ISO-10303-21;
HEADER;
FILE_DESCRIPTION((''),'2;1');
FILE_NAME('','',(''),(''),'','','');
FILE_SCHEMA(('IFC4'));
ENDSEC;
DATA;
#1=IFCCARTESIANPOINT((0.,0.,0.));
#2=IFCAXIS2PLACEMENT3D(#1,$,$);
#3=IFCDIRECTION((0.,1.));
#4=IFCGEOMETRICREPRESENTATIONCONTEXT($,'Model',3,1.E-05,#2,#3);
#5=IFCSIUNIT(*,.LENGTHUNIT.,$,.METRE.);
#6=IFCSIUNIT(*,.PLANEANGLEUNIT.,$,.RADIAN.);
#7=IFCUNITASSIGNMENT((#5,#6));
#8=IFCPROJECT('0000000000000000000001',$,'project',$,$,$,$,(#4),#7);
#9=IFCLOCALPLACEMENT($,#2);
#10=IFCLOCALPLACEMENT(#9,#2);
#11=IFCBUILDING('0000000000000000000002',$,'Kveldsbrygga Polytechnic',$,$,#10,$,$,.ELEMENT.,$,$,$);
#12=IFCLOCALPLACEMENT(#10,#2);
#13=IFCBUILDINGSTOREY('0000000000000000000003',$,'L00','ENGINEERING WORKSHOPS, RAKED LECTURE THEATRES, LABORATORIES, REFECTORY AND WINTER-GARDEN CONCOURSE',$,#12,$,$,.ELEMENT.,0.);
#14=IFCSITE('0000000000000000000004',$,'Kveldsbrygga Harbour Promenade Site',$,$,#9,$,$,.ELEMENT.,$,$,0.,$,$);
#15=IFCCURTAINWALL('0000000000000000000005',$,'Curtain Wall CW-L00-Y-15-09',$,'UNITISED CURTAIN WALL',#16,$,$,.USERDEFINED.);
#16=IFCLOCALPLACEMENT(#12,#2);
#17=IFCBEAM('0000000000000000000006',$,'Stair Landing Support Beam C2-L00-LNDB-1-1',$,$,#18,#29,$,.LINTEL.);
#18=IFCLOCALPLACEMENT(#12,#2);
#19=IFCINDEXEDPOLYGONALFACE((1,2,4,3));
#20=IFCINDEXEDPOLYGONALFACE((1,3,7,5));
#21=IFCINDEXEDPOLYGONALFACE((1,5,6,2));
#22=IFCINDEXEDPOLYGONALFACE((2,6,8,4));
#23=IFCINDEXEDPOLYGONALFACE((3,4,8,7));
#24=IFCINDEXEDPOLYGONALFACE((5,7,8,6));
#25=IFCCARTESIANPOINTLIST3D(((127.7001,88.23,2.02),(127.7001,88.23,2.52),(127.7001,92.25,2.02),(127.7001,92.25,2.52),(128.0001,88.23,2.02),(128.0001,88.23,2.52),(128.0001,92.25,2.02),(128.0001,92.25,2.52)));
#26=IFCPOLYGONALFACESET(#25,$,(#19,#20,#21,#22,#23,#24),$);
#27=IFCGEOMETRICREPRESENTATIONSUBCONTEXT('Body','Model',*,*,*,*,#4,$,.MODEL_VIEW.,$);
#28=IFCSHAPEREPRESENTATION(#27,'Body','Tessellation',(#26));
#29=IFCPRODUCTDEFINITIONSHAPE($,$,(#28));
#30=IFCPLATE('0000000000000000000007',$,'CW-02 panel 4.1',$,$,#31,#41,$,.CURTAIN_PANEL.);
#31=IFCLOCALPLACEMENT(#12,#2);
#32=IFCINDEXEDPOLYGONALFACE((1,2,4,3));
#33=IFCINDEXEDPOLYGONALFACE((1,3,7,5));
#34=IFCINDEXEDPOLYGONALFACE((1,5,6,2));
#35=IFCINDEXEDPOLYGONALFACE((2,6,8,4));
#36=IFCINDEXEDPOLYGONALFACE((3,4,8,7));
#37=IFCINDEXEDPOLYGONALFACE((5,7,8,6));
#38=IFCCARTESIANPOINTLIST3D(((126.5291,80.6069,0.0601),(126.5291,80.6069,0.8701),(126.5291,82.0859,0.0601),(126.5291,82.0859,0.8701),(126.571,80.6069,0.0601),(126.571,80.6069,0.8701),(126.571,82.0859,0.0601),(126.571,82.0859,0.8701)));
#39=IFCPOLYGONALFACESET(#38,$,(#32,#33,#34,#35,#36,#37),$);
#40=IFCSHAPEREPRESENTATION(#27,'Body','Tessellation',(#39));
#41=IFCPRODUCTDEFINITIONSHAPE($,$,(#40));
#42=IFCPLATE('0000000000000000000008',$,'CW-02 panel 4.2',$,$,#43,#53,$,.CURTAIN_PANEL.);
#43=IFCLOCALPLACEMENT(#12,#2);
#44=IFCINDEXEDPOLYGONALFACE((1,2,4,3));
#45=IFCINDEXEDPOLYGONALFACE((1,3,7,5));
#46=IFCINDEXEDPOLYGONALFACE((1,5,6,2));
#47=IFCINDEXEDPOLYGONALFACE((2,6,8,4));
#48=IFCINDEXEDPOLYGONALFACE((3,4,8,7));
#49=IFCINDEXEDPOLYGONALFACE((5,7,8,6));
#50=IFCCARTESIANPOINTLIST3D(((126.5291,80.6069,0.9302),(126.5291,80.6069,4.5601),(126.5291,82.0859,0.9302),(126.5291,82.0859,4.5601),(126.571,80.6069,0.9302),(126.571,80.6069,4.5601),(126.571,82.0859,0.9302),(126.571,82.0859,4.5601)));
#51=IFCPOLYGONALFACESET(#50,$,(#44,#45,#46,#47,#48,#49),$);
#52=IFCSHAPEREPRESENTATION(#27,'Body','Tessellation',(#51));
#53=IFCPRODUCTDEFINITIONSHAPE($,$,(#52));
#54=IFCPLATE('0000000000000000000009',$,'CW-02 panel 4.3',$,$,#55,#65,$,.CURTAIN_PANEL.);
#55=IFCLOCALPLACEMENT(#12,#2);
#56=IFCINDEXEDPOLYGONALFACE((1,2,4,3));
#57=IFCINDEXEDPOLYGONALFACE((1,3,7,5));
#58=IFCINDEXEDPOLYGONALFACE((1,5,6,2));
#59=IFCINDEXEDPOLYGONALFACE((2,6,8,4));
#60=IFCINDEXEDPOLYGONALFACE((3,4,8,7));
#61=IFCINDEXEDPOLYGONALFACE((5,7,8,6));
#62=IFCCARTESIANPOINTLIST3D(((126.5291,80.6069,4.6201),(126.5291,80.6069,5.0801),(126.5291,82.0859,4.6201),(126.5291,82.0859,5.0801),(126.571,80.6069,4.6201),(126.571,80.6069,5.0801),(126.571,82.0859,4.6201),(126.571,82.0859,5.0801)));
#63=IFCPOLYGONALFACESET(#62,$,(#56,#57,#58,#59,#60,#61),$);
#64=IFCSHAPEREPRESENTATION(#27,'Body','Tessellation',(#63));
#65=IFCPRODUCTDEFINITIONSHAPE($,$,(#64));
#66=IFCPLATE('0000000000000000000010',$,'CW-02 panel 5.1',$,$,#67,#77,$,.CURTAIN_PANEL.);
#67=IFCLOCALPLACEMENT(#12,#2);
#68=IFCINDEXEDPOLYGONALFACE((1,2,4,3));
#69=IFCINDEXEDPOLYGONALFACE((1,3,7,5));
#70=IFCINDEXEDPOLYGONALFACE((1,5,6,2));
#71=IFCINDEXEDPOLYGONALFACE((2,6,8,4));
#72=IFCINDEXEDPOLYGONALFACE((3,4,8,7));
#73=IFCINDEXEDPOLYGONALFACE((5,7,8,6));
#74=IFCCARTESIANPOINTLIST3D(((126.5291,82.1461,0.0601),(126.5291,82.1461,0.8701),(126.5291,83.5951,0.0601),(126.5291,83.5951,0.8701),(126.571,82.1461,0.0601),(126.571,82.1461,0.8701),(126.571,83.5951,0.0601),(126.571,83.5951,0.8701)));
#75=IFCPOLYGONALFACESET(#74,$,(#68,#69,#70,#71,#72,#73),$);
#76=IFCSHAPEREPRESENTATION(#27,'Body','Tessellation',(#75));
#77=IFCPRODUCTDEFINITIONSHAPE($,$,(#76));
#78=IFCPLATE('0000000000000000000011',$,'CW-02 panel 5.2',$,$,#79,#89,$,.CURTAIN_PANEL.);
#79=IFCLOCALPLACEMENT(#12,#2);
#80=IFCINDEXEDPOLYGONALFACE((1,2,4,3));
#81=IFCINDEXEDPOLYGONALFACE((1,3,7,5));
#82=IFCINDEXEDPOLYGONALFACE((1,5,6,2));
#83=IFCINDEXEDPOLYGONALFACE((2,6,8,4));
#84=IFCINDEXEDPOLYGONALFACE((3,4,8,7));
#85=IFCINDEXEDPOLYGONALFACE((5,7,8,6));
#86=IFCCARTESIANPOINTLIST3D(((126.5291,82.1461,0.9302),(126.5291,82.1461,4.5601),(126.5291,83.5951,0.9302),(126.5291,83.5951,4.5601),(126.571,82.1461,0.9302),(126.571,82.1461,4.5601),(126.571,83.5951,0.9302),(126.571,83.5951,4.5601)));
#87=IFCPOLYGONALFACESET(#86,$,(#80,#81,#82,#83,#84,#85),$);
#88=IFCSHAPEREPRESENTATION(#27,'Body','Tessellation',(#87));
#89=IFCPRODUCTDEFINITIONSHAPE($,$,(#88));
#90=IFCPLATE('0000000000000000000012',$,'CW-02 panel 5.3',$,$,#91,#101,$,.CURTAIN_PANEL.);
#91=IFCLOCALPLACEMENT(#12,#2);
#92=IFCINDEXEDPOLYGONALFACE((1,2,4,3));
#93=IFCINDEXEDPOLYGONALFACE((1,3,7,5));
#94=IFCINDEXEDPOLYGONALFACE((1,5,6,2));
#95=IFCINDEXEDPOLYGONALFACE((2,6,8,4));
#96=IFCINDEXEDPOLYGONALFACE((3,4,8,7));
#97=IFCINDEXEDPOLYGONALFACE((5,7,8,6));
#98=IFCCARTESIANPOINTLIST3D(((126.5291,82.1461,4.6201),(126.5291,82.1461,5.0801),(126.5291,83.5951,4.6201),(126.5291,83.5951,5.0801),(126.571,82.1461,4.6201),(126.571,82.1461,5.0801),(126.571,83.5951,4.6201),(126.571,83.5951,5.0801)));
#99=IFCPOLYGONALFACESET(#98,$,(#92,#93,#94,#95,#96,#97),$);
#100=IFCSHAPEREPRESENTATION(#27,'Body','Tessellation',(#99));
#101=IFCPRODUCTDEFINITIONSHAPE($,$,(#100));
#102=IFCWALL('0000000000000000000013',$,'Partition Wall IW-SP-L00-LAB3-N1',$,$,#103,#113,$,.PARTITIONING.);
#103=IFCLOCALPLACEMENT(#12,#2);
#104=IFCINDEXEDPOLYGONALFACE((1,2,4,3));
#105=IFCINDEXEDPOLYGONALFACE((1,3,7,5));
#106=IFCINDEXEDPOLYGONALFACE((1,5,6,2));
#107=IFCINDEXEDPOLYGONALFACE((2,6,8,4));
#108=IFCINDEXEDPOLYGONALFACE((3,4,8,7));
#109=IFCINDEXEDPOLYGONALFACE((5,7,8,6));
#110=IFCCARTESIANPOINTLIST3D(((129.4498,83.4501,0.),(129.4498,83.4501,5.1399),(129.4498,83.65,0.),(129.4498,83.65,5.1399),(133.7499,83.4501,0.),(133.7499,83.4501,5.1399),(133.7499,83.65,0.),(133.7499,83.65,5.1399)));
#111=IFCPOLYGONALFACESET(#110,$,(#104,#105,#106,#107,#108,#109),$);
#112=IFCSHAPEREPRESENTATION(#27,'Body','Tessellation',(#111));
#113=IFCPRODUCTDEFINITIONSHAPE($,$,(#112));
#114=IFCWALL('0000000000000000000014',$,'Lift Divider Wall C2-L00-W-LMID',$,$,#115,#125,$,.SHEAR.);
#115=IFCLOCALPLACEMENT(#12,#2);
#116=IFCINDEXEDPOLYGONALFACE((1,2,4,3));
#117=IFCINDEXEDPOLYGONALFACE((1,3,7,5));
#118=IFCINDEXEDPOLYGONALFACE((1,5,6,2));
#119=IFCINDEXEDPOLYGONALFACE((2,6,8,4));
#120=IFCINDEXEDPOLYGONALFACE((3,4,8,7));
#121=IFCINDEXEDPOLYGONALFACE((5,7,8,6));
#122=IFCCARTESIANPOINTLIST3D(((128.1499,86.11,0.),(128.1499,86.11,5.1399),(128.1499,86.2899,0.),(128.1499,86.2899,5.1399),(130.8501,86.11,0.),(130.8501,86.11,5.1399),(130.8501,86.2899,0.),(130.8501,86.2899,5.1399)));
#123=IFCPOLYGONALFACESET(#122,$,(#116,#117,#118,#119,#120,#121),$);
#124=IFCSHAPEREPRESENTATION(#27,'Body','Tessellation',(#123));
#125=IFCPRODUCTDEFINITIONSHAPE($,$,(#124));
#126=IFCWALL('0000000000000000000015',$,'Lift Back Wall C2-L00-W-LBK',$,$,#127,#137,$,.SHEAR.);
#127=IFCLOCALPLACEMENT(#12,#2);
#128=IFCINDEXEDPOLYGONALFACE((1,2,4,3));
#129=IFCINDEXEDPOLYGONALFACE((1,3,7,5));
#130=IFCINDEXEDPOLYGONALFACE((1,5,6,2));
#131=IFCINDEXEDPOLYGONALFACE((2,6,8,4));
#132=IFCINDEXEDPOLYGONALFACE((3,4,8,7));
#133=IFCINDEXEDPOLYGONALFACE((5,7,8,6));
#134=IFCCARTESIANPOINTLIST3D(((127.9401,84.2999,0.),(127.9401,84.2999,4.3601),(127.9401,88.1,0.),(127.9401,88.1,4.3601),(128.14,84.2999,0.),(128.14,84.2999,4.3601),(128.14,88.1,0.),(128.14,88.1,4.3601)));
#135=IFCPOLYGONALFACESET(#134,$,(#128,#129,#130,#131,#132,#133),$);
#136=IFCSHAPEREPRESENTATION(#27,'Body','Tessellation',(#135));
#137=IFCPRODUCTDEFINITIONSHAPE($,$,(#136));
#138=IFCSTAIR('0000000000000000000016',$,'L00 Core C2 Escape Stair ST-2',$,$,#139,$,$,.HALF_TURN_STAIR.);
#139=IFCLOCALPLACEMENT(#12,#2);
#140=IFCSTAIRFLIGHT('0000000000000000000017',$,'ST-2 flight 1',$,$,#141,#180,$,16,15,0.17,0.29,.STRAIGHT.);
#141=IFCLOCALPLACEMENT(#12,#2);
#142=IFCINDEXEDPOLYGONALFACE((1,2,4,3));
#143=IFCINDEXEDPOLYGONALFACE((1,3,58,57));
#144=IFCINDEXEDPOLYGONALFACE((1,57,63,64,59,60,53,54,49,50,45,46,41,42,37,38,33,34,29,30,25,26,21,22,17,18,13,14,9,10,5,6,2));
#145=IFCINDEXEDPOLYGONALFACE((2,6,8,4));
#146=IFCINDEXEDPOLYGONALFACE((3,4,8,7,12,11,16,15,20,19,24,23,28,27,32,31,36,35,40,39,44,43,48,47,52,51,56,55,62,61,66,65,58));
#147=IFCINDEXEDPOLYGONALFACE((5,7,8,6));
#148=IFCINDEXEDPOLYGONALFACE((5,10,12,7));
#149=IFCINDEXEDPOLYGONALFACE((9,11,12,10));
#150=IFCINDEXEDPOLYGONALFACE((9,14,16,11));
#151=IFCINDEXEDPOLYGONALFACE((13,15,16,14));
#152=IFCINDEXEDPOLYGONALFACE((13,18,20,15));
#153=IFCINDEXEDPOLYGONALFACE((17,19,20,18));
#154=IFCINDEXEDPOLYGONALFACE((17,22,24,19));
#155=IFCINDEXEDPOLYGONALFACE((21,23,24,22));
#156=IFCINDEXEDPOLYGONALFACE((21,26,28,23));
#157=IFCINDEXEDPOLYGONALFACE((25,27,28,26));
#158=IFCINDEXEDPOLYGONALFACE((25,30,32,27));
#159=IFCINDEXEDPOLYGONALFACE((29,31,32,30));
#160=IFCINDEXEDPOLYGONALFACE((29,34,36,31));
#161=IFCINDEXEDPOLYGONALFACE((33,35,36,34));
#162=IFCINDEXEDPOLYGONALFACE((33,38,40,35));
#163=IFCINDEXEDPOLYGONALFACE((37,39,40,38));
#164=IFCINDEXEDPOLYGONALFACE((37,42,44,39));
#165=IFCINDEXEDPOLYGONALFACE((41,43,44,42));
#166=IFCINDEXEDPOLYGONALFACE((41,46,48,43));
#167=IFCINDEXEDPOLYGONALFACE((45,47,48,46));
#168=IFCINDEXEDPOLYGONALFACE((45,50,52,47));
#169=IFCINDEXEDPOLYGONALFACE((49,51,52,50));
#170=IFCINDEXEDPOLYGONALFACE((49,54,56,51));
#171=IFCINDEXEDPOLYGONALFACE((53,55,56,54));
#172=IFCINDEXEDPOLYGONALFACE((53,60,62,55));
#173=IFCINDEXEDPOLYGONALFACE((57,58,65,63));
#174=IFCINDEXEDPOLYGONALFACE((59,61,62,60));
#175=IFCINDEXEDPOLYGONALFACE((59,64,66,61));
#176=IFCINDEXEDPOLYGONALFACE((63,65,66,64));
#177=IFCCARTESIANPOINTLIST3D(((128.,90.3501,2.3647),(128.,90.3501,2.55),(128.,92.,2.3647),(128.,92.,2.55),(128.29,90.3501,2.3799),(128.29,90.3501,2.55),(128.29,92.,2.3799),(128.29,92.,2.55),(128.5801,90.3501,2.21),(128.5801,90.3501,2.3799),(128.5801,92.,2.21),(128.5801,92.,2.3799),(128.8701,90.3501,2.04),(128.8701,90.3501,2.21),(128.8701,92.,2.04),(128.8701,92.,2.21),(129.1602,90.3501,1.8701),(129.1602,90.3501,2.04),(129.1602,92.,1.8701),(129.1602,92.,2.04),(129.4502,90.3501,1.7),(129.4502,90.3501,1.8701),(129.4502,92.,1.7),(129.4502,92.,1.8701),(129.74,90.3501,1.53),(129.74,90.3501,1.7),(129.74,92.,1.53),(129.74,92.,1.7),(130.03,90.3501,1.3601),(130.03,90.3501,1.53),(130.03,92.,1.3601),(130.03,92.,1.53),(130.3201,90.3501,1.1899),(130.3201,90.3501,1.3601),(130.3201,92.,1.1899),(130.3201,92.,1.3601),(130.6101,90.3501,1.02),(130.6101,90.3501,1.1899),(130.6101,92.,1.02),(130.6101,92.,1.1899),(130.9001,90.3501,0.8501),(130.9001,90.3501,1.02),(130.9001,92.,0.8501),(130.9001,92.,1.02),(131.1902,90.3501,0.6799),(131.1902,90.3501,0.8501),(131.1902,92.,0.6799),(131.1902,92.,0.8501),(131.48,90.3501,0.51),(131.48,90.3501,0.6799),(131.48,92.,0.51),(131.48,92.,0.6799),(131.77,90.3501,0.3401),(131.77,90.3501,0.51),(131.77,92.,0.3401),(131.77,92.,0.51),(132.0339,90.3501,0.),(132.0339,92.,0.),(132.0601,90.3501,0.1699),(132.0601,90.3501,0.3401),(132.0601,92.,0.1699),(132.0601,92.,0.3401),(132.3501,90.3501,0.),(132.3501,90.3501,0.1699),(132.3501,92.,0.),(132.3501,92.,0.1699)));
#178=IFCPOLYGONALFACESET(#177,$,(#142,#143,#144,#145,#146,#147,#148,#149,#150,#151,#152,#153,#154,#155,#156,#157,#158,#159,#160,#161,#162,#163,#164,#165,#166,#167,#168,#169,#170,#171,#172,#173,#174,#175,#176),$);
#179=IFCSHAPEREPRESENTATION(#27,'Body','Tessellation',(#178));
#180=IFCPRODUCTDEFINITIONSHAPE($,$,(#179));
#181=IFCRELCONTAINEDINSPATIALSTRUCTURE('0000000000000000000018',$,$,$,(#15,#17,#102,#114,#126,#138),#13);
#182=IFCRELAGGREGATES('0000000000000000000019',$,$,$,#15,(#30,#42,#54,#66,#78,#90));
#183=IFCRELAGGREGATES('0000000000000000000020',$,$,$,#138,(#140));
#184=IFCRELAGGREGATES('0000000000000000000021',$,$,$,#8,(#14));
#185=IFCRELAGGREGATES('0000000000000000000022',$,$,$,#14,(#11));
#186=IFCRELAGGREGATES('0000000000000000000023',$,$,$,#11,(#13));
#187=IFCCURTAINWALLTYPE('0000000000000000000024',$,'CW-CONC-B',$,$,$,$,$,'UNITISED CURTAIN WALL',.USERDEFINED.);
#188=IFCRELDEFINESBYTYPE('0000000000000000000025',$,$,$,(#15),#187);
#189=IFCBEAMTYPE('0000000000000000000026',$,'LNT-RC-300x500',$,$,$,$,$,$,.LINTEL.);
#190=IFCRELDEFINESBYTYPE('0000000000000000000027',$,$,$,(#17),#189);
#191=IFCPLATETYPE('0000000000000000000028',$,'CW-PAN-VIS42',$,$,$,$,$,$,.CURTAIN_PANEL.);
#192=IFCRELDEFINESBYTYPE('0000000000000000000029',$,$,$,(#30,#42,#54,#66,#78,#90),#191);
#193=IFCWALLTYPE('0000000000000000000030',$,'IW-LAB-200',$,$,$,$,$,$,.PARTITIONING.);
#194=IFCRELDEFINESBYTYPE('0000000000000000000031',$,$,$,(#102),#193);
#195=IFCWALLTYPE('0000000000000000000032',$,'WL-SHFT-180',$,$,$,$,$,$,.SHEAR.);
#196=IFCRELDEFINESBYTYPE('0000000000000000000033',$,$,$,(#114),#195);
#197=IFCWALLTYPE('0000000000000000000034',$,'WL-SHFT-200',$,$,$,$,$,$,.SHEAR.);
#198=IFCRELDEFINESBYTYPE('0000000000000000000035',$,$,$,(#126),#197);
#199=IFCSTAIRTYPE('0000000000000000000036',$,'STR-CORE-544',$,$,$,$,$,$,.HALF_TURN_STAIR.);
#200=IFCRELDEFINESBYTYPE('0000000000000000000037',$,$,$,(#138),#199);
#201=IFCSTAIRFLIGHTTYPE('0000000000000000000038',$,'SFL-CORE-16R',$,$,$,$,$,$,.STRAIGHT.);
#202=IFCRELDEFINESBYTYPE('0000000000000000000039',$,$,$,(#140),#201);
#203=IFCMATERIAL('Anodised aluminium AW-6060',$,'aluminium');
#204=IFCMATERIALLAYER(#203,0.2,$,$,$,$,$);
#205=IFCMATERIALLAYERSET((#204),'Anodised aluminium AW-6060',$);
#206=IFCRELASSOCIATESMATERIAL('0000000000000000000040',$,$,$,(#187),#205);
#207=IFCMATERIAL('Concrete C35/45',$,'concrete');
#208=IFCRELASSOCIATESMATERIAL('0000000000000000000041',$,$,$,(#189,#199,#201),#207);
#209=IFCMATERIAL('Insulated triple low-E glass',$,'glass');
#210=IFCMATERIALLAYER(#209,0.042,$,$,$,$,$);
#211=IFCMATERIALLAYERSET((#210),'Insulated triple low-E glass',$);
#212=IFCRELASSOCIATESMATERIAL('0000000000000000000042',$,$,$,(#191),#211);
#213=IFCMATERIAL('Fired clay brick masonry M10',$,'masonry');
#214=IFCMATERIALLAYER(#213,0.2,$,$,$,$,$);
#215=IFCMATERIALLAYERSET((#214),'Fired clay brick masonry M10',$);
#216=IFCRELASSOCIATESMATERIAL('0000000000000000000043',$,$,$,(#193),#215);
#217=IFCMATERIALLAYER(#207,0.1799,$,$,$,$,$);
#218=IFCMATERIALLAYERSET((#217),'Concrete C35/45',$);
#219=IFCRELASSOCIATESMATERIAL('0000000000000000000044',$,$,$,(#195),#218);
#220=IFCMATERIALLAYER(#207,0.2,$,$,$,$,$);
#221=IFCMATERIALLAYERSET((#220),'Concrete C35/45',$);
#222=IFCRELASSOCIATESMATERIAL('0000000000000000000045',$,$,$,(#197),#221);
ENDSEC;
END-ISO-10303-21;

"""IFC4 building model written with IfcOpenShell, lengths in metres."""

from ifc_helpers import new_model, si_unit, direction, frame, frame_2d, origin, origin_2d, place, context, subcontext, project, spatial, polyline, rectangle, outline, extrude, material, layer, layer_set, material_profile, profile_set, type_object, element, aggregate, save


model = new_model("IFC4")

# Units and contexts
model_context = context("Model", 3, precision=1e-05, world=origin(), true_north=direction((0.0, 1.0)))
body_context = subcontext(model_context, "Body", "Model", "MODEL_VIEW")
ifc_project = project(units=[si_unit("LENGTHUNIT", "METRE"), si_unit("PLANEANGLEUNIT", "RADIAN")], contexts=[model_context])

# Site, building, storey
site_placement = place(None, origin())
site = spatial("IfcSite", under=ifc_project, at=site_placement, Name="Kveldsbrygga Harbour Promenade Site", CompositionType="ELEMENT", RefElevation=0.0)
building_placement = place(site_placement, origin())
building = spatial("IfcBuilding", under=site, at=building_placement, Name="Kveldsbrygga Polytechnic", CompositionType="ELEMENT")
storey_placement = place(building_placement, origin())
storey = spatial("IfcBuildingStorey", under=building, at=storey_placement, Name="L00", Description="ENGINEERING WORKSHOPS, RAKED LECTURE THEATRES, LABORATORIES, REFECTORY AND WINTER-GARDEN CONCOURSE", CompositionType="ELEMENT", Elevation=0.0)

# Shared definitions
ifc_material_1 = material(Name="Concrete C35/45", Category="concrete")

# Curtain wall
ifc_material_2 = material(Name="Anodised aluminium AW-6060", Category="aluminium")
ifc_layer_1 = layer(ifc_material_2, 0.2)
ifc_layer_set_1 = layer_set([ifc_layer_1], Name="Anodised aluminium AW-6060")
curtain_wall_type = type_object("IfcCurtainWallType", Name="CW-CONC-B", ElementType="UNITISED CURTAIN WALL", PredefinedType="USERDEFINED", material=ifc_layer_set_1)
curtain_wall_placement = place(storey_placement, origin())
curtain_wall = element("IfcCurtainWall", 1, at=curtain_wall_placement, inside=storey, type_object=curtain_wall_type, Name="Curtain Wall CW-L00-Y-15-09", ObjectType="UNITISED CURTAIN WALL", PredefinedType="USERDEFINED")

# Beam
ifc_material_profile_1 = material_profile(ifc_material_1, rectangle(XDim=0.3, YDim=0.5, at=origin_2d()), Name="RC 300x500")
ifc_profile_set_1 = profile_set([ifc_material_profile_1], Name="Concrete C35/45")
beam_type_1 = type_object("IfcBeamType", Name="LNT-RC-300x500", PredefinedType="LINTEL", material=ifc_profile_set_1)
beam_1_placement = place(storey_placement, frame((127.8501, 88.23, 2.27), z_axis=(0.0, 1.0, 0.0), x_axis=(-1.0, 0.0, 0.0)))
element("IfcBeam", 2, at=beam_1_placement, inside=storey, type_object=beam_type_1, Name="Stair Landing Support Beam C2-L00-LNDB-1-1", PredefinedType="LINTEL", context=body_context, shape_type="SweptSolid", body=[
    extrude(rectangle(XDim=0.3, YDim=0.5, at=origin_2d()), origin(), (0.0, 0.0, 1.0), 4.02),
])

# Plates
ifc_material_3 = material(Name="Insulated triple low-E glass", Category="glass")
ifc_layer_2 = layer(ifc_material_3, 0.042)
ifc_layer_set_2 = layer_set([ifc_layer_2], Name="Insulated triple low-E glass")
plate_type = type_object("IfcPlateType", Name="CW-PAN-VIS42", PredefinedType="CURTAIN_PANEL", material=ifc_layer_set_2)
plate_1_placement = place(storey_placement, frame((126.55, 81.3464, 0.0601), z_axis=(0.0, 0.0, 1.0), x_axis=(0.0, 1.0, 0.0)))
plate_1 = element("IfcPlate", 3, at=plate_1_placement, type_object=plate_type, Name="CW-02 panel 4.1", PredefinedType="CURTAIN_PANEL", context=body_context, shape_type="SweptSolid", body=[
    extrude(rectangle(XDim=1.479, YDim=0.042, at=origin_2d()), origin(), (0.0, 0.0, 1.0), 0.8101),
])
plate_2_placement = place(storey_placement, frame((126.55, 81.3464, 0.9302), z_axis=(0.0, 0.0, 1.0), x_axis=(0.0, 1.0, 0.0)))
plate_2 = element("IfcPlate", 4, at=plate_2_placement, type_object=plate_type, Name="CW-02 panel 4.2", PredefinedType="CURTAIN_PANEL", context=body_context, shape_type="SweptSolid", body=[
    extrude(rectangle(XDim=1.479, YDim=0.042, at=origin_2d()), origin(), (0.0, 0.0, 1.0), 3.6299),
])
plate_3_placement = place(storey_placement, frame((126.55, 81.3464, 4.6201), z_axis=(0.0, 0.0, 1.0), x_axis=(0.0, 1.0, 0.0)))
plate_3 = element("IfcPlate", 5, at=plate_3_placement, type_object=plate_type, Name="CW-02 panel 4.3", PredefinedType="CURTAIN_PANEL", context=body_context, shape_type="SweptSolid", body=[
    extrude(rectangle(XDim=1.479, YDim=0.042, at=origin_2d()), origin(), (0.0, 0.0, 1.0), 0.46),
])
plate_4_placement = place(storey_placement, frame((126.55, 82.8706, 0.0601), z_axis=(0.0, 0.0, 1.0), x_axis=(0.0, 1.0, 0.0)))
plate_4 = element("IfcPlate", 6, at=plate_4_placement, type_object=plate_type, Name="CW-02 panel 5.1", PredefinedType="CURTAIN_PANEL", context=body_context, shape_type="SweptSolid", body=[
    extrude(rectangle(XDim=1.449, YDim=0.042, at=origin_2d()), origin(), (0.0, 0.0, 1.0), 0.8101),
])
plate_5_placement = place(storey_placement, frame((126.55, 82.8706, 0.9302), z_axis=(0.0, 0.0, 1.0), x_axis=(0.0, 1.0, 0.0)))
plate_5 = element("IfcPlate", 7, at=plate_5_placement, type_object=plate_type, Name="CW-02 panel 5.2", PredefinedType="CURTAIN_PANEL", context=body_context, shape_type="SweptSolid", body=[
    extrude(rectangle(XDim=1.449, YDim=0.042, at=origin_2d()), origin(), (0.0, 0.0, 1.0), 3.6299),
])
plate_6_placement = place(storey_placement, frame((126.55, 82.8706, 4.6201), z_axis=(0.0, 0.0, 1.0), x_axis=(0.0, 1.0, 0.0)))
plate_6 = element("IfcPlate", 8, at=plate_6_placement, type_object=plate_type, Name="CW-02 panel 5.3", PredefinedType="CURTAIN_PANEL", context=body_context, shape_type="SweptSolid", body=[
    extrude(rectangle(XDim=1.449, YDim=0.042, at=origin_2d()), origin(), (0.0, 0.0, 1.0), 0.46),
])
aggregate(curtain_wall, [plate_1, plate_2, plate_3, plate_4, plate_5, plate_6])

# Wall
ifc_material_4 = material(Name="Fired clay brick masonry M10", Category="masonry")
ifc_layer_3 = layer(ifc_material_4, 0.2)
ifc_layer_set_3 = layer_set([ifc_layer_3], Name="Fired clay brick masonry M10")
wall_type_1 = type_object("IfcWallType", Name="IW-LAB-200", PredefinedType="PARTITIONING", material=ifc_layer_set_3)
wall_1_placement = place(storey_placement, frame((129.45, 83.55, 0.0), z_axis=(0.0, 0.0, 1.0), x_axis=(1.0, 0.0, 0.0)))
element("IfcWall", 9, at=wall_1_placement, inside=storey, type_object=wall_type_1, Name="Partition Wall IW-SP-L00-LAB3-N1", PredefinedType="PARTITIONING", context=body_context, shape_type="SweptSolid", body=[
    extrude(rectangle(XDim=4.3, YDim=0.2, at=frame_2d((2.1499, 0.0))), origin(), (0.0, 0.0, 1.0), 5.1399),
])

# Wall
ifc_layer_4 = layer(ifc_material_1, 0.1799)
ifc_layer_set_4 = layer_set([ifc_layer_4], Name="Concrete C35/45")
wall_type_2 = type_object("IfcWallType", Name="WL-SHFT-180", PredefinedType="SHEAR", material=ifc_layer_set_4)
wall_2_placement = place(storey_placement, frame((128.1499, 86.2, 0.0), z_axis=(0.0, 0.0, 1.0), x_axis=(1.0, 0.0, 0.0)))
element("IfcWall", 10, at=wall_2_placement, inside=storey, type_object=wall_type_2, Name="Lift Divider Wall C2-L00-W-LMID", PredefinedType="SHEAR", context=body_context, shape_type="SweptSolid", body=[
    extrude(rectangle(XDim=2.7002, YDim=0.1799, at=frame_2d((1.3501, 0.0))), origin(), (0.0, 0.0, 1.0), 5.1399),
])

# Shared definitions
ifc_layer_5 = layer(ifc_material_1, 0.2)
ifc_layer_set_5 = layer_set([ifc_layer_5], Name="Concrete C35/45")
wall_type_3 = type_object("IfcWallType", Name="WL-SHFT-200", PredefinedType="SHEAR", material=ifc_layer_set_5)

# Wall
wall_3_placement = place(storey_placement, frame((128.04, 84.3, 0.0), z_axis=(0.0, 0.0, 1.0), x_axis=(0.0, 1.0, 0.0)))
element("IfcWall", 11, at=wall_3_placement, inside=storey, type_object=wall_type_3, Name="Lift Back Wall C2-L00-W-LBK", PredefinedType="SHEAR", context=body_context, shape_type="SweptSolid", body=[
    extrude(rectangle(XDim=3.8, YDim=0.2, at=frame_2d((1.8999, 0.0))), origin(), (0.0, 0.0, 1.0), 4.3601),
])

# Stair, stair flight
stair_type = type_object("IfcStairType", Name="STR-CORE-544", PredefinedType="HALF_TURN_STAIR", material=ifc_material_1)
stair_placement = place(storey_placement, origin())
stair = element("IfcStair", 12, at=stair_placement, inside=storey, type_object=stair_type, Name="L00 Core C2 Escape Stair ST-2", PredefinedType="HALF_TURN_STAIR")
stair_flight_type = type_object("IfcStairFlightType", Name="SFL-CORE-16R", PredefinedType="STRAIGHT", material=ifc_material_1)
stair_flight_1_placement = place(storey_placement, frame((132.3501, 91.175, 0.0), z_axis=(0.0, 0.0, 1.0), x_axis=(-1.0, 0.0, 0.0)))
stair_flight_1 = element("IfcStairFlight", 13, at=stair_flight_1_placement, type_object=stair_flight_type, Name="ST-2 flight 1", NumberOfRisers=16, NumberOfTreads=15, PredefinedType="STRAIGHT", RiserHeight=0.17, TreadLength=0.29, context=body_context, shape_type="SweptSolid", body=[
    extrude(outline(polyline([(0.0, 0.0), (0.0, 0.1699), (0.29, 0.1699), (0.29, 0.3401), (0.5801, 0.3401), (0.5801, 0.51), (0.8701, 0.51), (0.8701, 0.6799), (1.1599, 0.6799), (1.1599, 0.8501), (1.45, 0.8501), (1.45, 1.02), (1.74, 1.02), (1.74, 1.1899), (2.03, 1.1899), (2.03, 1.3601), (2.3201, 1.3601), (2.3201, 1.53), (2.6101, 1.53), (2.6101, 1.7), (2.8999, 1.7), (2.8999, 1.8701), (3.1899, 1.8701), (3.1899, 2.04), (3.48, 2.04), (3.48, 2.21), (3.77, 2.21), (3.77, 2.3799), (4.0601, 2.3799), (4.0601, 2.55), (4.3501, 2.55), (4.3501, 2.72), (4.3501, 2.3647), (0.3162, 0.0), (0.0, 0.0)])), frame((0.0, 0.825, 0.0), z_axis=(0.0, -1.0, 0.0), x_axis=(1.0, 0.0, 0.0)), (0.0, 0.0, 1.0), 1.6499),
])
aggregate(stair, [stair_flight_1])

save(model, "model.ifc")
